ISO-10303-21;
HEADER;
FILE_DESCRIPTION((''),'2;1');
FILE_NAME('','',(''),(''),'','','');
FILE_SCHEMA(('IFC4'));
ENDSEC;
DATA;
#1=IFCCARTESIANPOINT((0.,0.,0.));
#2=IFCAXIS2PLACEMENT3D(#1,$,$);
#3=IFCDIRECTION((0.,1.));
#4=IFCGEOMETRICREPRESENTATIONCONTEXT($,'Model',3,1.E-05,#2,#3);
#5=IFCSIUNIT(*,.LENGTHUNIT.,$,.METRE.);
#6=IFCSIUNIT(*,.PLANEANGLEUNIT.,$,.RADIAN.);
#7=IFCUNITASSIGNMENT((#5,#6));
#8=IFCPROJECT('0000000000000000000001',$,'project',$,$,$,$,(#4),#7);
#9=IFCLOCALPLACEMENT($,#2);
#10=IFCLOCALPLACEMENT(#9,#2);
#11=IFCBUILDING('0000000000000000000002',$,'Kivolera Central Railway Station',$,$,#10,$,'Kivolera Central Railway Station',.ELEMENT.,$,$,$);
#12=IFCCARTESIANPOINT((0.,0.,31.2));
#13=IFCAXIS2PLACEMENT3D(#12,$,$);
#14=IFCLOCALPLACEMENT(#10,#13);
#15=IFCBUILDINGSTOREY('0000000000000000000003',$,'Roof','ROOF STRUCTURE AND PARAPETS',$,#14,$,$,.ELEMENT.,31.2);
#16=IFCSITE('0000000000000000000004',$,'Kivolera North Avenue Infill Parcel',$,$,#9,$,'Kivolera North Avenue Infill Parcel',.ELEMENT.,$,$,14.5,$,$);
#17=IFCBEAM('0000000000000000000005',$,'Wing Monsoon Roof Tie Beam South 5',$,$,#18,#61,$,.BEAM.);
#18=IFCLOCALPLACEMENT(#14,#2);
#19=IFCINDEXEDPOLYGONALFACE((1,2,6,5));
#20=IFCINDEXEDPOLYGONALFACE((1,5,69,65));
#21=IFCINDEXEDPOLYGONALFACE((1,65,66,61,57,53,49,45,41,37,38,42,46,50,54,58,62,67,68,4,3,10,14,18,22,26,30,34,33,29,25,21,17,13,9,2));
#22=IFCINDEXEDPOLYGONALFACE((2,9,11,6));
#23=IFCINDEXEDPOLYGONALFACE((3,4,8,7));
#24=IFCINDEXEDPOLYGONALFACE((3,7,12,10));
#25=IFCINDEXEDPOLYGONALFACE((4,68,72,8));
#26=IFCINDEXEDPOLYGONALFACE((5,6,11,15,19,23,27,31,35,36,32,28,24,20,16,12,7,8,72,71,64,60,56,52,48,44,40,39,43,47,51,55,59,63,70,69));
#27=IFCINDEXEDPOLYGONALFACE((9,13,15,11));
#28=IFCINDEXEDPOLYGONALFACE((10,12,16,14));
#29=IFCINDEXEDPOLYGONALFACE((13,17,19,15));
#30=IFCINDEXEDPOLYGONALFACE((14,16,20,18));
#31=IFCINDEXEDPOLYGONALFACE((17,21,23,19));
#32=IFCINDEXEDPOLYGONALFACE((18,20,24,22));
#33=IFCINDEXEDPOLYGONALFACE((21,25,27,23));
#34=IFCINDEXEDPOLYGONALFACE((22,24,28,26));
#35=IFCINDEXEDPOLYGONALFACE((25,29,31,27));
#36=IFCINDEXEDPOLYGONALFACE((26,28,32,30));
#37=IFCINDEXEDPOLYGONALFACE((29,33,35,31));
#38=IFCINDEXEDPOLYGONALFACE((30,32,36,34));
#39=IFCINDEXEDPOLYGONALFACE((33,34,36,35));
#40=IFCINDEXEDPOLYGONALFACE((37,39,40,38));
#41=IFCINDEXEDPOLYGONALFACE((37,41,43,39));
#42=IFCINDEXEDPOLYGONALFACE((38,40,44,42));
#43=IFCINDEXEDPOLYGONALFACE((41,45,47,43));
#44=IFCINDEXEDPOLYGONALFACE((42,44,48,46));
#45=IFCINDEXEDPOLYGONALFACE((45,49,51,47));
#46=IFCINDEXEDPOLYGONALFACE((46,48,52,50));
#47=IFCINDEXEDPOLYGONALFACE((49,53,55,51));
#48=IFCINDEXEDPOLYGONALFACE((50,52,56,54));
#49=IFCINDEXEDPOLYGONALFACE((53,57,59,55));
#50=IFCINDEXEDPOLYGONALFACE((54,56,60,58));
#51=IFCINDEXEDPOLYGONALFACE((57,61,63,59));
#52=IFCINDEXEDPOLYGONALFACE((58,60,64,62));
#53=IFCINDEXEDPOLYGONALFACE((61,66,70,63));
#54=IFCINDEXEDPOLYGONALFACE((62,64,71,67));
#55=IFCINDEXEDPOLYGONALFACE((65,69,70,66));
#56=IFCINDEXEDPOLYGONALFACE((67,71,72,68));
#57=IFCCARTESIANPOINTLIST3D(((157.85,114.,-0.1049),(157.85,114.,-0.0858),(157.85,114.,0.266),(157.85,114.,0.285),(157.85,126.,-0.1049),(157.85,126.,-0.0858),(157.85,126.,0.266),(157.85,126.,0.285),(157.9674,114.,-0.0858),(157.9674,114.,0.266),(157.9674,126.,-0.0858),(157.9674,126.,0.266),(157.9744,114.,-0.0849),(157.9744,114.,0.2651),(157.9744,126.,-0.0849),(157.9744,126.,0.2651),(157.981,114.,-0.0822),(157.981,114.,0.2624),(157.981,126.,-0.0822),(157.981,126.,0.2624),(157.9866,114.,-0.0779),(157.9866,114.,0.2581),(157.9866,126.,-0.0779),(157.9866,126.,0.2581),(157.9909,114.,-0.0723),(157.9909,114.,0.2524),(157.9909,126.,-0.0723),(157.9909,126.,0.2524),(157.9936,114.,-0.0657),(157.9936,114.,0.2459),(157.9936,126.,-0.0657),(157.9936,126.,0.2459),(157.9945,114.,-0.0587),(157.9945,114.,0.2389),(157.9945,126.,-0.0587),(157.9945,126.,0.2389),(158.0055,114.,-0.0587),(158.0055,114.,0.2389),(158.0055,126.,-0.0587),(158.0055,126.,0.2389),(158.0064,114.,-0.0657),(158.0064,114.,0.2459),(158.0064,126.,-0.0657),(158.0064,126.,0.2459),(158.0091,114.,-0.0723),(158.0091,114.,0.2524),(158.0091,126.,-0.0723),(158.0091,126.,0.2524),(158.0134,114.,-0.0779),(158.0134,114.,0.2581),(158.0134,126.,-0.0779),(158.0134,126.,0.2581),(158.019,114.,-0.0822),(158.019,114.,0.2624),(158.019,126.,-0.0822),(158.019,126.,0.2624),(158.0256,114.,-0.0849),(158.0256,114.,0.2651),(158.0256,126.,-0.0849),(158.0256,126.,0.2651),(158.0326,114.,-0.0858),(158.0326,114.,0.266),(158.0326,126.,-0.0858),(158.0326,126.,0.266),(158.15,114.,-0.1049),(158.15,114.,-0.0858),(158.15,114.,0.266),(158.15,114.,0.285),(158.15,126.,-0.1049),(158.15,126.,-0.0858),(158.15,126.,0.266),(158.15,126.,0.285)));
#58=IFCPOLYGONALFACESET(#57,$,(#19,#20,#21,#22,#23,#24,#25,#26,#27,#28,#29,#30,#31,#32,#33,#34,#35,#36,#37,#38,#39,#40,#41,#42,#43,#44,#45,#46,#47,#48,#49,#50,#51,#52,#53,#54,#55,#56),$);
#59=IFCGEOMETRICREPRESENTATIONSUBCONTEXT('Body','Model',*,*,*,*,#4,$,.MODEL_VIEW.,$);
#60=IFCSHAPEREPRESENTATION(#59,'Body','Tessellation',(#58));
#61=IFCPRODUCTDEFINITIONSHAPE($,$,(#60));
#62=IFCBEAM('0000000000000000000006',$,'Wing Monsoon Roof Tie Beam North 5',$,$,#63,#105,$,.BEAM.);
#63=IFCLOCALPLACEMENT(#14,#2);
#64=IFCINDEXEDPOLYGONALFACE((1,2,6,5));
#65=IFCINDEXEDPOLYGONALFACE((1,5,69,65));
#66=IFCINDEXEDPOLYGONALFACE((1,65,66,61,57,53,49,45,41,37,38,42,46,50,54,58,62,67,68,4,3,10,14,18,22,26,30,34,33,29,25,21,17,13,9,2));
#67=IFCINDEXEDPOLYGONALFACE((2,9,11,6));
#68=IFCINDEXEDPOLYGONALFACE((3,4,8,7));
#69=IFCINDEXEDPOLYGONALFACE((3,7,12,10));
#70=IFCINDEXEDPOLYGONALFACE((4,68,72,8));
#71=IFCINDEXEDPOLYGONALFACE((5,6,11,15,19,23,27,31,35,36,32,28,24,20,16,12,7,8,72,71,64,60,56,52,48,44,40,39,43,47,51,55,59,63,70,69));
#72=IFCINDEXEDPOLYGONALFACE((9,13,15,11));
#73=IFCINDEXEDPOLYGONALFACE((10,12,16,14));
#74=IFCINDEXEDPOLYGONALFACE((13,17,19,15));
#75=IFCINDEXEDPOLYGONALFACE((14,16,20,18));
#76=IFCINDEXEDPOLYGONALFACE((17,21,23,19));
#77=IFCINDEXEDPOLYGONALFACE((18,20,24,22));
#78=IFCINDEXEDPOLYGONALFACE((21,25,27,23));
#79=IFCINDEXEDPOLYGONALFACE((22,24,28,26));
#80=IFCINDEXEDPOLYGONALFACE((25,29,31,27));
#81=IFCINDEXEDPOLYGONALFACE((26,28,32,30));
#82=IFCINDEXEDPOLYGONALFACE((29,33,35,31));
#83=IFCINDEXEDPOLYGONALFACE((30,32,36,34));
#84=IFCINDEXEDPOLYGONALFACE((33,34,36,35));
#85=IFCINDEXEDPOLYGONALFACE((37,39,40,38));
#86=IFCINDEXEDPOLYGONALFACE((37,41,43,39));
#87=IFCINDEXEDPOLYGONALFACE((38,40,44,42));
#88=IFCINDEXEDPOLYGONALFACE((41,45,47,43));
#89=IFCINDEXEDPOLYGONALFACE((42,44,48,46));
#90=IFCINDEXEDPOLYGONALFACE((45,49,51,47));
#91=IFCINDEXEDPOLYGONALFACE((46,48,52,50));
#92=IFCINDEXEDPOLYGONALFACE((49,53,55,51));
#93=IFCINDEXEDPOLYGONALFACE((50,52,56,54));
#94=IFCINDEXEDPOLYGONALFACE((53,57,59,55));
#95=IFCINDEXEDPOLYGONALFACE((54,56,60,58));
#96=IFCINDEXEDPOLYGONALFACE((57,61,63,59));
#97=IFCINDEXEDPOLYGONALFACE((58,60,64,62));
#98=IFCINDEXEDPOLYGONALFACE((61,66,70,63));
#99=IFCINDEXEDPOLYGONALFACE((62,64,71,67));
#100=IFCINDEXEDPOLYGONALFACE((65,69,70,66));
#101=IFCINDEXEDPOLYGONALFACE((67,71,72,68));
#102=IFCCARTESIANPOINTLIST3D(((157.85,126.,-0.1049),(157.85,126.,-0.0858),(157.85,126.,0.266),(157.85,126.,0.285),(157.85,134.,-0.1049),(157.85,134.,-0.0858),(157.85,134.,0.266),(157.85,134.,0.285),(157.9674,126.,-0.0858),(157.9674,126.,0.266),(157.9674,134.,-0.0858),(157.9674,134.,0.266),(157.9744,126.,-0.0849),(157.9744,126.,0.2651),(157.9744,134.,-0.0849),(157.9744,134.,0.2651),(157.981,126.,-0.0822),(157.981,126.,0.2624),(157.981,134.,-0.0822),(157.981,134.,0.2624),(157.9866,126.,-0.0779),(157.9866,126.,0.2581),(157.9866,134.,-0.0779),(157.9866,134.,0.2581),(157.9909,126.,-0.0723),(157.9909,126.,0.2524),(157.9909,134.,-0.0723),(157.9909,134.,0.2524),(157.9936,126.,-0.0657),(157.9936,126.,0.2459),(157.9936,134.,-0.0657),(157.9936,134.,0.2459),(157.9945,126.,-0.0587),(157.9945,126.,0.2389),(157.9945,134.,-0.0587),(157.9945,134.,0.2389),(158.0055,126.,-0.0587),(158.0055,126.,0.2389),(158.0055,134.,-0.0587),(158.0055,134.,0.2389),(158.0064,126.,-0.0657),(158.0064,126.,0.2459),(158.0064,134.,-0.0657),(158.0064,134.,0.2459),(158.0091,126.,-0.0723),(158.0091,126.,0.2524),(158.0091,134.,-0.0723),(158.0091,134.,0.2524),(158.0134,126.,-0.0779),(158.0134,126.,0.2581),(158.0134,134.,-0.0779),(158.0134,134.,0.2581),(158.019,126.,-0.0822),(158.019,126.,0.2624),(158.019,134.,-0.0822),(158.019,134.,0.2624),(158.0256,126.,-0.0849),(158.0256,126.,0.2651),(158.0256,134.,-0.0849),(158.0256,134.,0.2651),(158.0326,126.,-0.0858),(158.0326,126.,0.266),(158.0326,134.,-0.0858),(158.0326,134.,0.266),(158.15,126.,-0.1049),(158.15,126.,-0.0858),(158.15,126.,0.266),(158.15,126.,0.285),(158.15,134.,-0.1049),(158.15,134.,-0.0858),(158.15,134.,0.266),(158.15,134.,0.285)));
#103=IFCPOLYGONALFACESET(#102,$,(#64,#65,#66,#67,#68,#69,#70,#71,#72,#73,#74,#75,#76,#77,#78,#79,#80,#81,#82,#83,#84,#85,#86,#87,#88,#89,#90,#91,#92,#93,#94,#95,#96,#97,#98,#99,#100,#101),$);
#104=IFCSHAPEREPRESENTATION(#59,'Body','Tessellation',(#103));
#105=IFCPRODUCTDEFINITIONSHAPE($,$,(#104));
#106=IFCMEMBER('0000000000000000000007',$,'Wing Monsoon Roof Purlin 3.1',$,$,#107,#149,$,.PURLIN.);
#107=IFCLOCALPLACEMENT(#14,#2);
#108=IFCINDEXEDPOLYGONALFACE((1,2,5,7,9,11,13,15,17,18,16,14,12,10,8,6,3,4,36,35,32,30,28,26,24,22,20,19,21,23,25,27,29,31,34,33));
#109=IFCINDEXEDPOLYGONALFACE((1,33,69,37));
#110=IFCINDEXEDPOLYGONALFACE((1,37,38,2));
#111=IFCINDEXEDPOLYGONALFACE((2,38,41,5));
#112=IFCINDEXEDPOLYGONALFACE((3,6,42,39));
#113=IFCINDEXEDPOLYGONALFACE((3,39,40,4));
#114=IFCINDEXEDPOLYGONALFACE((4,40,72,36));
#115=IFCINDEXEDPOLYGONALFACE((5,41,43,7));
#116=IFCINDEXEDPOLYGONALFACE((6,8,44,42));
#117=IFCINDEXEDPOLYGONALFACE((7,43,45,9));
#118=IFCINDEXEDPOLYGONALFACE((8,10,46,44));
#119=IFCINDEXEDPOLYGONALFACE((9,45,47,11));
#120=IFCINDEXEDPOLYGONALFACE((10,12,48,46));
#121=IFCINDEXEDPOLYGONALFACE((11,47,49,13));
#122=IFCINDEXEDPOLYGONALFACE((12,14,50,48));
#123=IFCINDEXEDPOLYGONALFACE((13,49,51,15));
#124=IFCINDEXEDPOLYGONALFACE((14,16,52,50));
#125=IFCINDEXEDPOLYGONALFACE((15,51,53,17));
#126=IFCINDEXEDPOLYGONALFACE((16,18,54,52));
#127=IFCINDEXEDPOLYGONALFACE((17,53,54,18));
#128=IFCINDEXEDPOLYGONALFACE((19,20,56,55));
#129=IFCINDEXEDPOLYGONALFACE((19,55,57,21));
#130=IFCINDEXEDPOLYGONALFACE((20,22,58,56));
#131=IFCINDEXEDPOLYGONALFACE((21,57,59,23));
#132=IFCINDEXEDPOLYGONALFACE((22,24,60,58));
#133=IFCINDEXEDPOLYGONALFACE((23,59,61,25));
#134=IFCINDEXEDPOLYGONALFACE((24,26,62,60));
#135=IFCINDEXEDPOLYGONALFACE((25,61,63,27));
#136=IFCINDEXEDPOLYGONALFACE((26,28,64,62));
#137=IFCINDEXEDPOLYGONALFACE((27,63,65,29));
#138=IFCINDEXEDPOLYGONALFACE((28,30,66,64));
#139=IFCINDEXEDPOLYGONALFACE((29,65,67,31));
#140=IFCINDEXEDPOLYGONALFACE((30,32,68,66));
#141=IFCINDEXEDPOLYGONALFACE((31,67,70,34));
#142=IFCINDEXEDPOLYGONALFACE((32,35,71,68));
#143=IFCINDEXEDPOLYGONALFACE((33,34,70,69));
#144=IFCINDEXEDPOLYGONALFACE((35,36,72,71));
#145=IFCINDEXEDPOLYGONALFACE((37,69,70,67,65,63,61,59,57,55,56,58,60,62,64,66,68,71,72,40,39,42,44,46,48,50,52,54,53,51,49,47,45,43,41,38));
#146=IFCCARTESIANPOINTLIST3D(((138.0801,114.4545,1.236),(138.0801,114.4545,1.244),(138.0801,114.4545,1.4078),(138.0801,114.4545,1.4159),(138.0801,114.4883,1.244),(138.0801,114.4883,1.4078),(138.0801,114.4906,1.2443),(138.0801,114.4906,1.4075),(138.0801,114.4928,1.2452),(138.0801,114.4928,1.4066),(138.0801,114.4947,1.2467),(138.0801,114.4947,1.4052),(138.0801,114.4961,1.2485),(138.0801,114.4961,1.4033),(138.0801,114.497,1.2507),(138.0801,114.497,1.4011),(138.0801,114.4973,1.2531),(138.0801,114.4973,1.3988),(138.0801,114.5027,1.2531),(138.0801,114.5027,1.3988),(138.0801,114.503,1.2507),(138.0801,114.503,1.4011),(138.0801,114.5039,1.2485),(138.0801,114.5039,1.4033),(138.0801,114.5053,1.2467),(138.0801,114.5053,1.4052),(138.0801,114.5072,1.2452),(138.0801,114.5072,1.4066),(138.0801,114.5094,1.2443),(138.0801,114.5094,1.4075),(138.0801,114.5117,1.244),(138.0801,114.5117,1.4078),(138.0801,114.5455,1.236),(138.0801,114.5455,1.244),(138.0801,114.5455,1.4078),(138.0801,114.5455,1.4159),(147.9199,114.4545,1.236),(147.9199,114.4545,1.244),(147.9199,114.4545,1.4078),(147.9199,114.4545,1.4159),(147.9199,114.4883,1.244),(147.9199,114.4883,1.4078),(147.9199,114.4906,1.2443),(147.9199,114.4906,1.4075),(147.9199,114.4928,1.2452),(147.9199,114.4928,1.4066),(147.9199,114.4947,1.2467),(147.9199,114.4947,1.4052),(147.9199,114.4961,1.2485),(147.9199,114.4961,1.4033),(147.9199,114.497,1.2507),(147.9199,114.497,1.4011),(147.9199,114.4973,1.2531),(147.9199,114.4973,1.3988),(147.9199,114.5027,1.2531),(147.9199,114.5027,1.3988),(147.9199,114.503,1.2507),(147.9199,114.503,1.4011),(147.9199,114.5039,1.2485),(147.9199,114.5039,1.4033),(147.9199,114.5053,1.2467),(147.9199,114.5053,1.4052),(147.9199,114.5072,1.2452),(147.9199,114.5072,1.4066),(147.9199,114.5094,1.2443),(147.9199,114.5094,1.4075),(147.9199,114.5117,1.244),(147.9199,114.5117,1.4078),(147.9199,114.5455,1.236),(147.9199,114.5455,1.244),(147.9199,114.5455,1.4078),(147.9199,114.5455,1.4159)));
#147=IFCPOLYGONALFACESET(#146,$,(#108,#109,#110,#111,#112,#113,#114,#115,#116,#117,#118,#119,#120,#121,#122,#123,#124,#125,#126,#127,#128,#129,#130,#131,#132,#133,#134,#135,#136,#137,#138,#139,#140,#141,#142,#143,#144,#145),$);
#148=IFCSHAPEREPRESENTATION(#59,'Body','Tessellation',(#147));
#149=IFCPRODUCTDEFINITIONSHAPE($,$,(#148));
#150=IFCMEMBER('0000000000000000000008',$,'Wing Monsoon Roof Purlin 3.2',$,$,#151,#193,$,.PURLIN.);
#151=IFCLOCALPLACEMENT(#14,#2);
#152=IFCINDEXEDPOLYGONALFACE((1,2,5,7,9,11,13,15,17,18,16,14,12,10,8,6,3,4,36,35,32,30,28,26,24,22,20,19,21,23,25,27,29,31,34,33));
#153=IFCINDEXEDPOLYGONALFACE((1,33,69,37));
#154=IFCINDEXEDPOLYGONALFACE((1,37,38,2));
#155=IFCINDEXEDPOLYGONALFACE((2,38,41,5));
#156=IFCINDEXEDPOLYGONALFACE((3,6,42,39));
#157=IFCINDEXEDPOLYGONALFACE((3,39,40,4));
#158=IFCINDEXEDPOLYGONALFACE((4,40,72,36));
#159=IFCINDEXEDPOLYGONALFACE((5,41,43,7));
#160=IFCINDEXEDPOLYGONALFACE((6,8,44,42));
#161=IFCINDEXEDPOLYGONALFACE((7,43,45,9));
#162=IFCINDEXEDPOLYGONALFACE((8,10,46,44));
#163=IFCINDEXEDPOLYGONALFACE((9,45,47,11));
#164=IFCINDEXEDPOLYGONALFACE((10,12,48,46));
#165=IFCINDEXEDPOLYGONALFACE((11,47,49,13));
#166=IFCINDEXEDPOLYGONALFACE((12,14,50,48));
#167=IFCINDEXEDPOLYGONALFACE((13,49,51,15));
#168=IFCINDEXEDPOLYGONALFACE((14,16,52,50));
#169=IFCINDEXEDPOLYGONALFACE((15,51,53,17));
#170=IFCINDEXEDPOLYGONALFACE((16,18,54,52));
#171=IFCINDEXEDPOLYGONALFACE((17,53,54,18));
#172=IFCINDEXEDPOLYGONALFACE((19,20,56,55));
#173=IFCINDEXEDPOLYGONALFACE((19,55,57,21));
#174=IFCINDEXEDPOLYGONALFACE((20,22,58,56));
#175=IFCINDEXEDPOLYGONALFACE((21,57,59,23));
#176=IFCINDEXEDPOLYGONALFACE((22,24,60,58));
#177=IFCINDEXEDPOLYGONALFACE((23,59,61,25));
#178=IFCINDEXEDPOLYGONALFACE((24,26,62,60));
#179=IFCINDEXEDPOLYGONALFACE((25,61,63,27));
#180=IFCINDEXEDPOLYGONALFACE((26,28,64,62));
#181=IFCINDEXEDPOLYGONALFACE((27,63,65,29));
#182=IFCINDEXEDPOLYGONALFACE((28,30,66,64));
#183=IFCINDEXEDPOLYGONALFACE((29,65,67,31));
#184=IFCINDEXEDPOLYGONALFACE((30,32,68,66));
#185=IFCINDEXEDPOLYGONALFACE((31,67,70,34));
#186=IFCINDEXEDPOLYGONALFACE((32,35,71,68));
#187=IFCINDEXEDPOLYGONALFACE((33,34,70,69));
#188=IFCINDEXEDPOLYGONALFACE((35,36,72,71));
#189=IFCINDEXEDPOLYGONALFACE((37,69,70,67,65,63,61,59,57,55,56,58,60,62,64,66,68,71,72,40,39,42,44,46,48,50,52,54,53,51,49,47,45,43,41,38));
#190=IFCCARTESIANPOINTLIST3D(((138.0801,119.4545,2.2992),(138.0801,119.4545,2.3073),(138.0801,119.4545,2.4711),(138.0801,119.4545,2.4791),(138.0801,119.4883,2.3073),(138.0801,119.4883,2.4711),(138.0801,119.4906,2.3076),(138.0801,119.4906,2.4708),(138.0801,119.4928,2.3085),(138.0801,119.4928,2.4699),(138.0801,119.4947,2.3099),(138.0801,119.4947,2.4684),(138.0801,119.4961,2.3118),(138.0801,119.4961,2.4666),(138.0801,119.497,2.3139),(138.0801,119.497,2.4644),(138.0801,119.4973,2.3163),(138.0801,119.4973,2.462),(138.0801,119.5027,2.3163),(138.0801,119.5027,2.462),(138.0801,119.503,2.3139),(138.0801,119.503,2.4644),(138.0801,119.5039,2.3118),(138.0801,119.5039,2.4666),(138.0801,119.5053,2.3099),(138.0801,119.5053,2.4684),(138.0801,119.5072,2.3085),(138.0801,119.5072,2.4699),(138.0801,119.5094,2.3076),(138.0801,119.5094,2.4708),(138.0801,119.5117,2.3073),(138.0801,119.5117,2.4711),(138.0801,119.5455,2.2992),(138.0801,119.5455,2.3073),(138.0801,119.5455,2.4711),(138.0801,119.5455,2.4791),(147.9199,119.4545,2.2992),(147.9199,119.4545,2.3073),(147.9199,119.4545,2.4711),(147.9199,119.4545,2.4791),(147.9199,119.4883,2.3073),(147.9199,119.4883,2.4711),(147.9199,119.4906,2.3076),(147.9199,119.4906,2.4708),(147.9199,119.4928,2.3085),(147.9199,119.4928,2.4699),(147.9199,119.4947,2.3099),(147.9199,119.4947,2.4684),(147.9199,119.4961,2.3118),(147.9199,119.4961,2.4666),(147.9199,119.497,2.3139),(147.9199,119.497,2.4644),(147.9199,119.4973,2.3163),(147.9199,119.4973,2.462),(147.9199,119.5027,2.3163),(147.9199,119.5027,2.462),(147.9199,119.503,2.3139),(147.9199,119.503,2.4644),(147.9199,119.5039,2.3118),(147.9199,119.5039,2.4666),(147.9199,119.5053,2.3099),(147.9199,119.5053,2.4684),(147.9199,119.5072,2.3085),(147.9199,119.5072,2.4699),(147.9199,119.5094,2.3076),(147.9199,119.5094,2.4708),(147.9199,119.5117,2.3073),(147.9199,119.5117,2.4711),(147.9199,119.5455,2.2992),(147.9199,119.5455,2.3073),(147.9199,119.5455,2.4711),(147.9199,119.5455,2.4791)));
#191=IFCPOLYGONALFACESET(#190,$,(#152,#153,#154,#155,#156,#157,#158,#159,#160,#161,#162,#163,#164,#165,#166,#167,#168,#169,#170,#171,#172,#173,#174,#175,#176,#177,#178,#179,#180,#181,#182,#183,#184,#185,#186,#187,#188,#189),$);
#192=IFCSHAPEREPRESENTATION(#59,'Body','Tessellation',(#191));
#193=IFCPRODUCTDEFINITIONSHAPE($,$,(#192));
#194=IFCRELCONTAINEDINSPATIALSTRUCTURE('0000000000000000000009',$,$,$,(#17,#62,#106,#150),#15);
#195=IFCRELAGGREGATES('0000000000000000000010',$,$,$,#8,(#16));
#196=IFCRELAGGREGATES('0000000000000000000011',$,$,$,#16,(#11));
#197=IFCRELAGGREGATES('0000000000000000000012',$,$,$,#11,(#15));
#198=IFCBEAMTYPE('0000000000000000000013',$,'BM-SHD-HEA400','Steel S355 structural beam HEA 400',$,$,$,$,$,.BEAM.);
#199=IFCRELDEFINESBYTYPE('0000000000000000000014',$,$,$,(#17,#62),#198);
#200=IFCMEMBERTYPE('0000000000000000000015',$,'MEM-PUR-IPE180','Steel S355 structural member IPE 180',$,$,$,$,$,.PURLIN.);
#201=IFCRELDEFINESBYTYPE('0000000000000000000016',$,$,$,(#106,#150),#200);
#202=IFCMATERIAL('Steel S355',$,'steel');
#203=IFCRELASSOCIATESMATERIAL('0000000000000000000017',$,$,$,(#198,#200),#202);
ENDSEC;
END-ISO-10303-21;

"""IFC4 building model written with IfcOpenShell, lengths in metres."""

from ifc_helpers import new_model, si_unit, direction, frame, origin, origin_2d, place, context, subcontext, project, spatial, i_section, extrude, material, material_profile, profile_set, type_object, element, save


model = new_model("IFC4")

# Units and contexts
model_context = context("Model", 3, precision=1e-05, world=origin(), true_north=direction((0.0, 1.0)))
body_context = subcontext(model_context, "Body", "Model", "MODEL_VIEW")
ifc_project = project(units=[si_unit("LENGTHUNIT", "METRE"), si_unit("PLANEANGLEUNIT", "RADIAN")], contexts=[model_context])

# Site, building, storey
site_placement = place(None, origin())
site = spatial("IfcSite", under=ifc_project, at=site_placement, Name="Kivolera North Avenue Infill Parcel", LongName="Kivolera North Avenue Infill Parcel", CompositionType="ELEMENT", RefElevation=14.5)
building_placement = place(site_placement, origin())
building = spatial("IfcBuilding", under=site, at=building_placement, Name="Kivolera Central Railway Station", LongName="Kivolera Central Railway Station", CompositionType="ELEMENT")
storey_placement = place(building_placement, frame((0.0, 0.0, 31.2)))
storey = spatial("IfcBuildingStorey", under=building, at=storey_placement, Name="Roof", Description="ROOF STRUCTURE AND PARAPETS", CompositionType="ELEMENT", Elevation=31.2)

# Beams
ifc_material_1 = material(Name="Steel S355", Category="steel")
ifc_material_profile_1 = material_profile(ifc_material_1, i_section(OverallWidth=0.3, OverallDepth=0.3899, WebThickness=0.011, FlangeThickness=0.019, FilletRadius=0.0271, at=origin_2d()), Name="HEA 400")
ifc_profile_set_1 = profile_set([ifc_material_profile_1], Name="Steel S355")
beam_type_1 = type_object("IfcBeamType", Name="BM-SHD-HEA400", Description="Steel S355 structural beam HEA 400", PredefinedType="BEAM", material=ifc_profile_set_1)
beam_1_placement = place(storey_placement, frame((158.0, 114.0, 0.0901), z_axis=(0.0, 1.0, 0.0), x_axis=(-1.0, 0.0, 0.0)))
element("IfcBeam", 1, at=beam_1_placement, inside=storey, type_object=beam_type_1, Name="Wing Monsoon Roof Tie Beam South 5", PredefinedType="BEAM", context=body_context, shape_type="SweptSolid", body=[
    extrude(i_section(OverallWidth=0.3, OverallDepth=0.3899, WebThickness=0.011, FlangeThickness=0.019, FilletRadius=0.0271, at=origin_2d()), origin(), (0.0, 0.0, 1.0), 12.0),
])
beam_2_placement = place(storey_placement, frame((158.0, 126.0, 0.0901), z_axis=(0.0, 1.0, 0.0), x_axis=(-1.0, 0.0, 0.0)))
element("IfcBeam", 2, at=beam_2_placement, inside=storey, type_object=beam_type_1, Name="Wing Monsoon Roof Tie Beam North 5", PredefinedType="BEAM", context=body_context, shape_type="SweptSolid", body=[
    extrude(i_section(OverallWidth=0.3, OverallDepth=0.3899, WebThickness=0.011, FlangeThickness=0.019, FilletRadius=0.0271, at=origin_2d()), origin(), (0.0, 0.0, 1.0), 8.0),
])

# Members
ifc_material_profile_2 = material_profile(ifc_material_1, i_section(OverallWidth=0.0911, OverallDepth=0.1799, WebThickness=0.0054, FlangeThickness=0.0081, FilletRadius=0.009, at=origin_2d()), Name="IPE 180")
ifc_profile_set_2 = profile_set([ifc_material_profile_2], Name="Steel S355")
member_type_1 = type_object("IfcMemberType", Name="MEM-PUR-IPE180", Description="Steel S355 structural member IPE 180", PredefinedType="PURLIN", material=ifc_profile_set_2)
for number, where, z_axis, x_axis, name in (
    (3, (138.0801, 114.5, 1.3259), (1.0, 0.0, 0.0), (0.0, 1.0, 0.0), "Wing Monsoon Roof Purlin 3.1"),
    (4, (138.0801, 119.5, 2.3892), (1.0, 0.0, 0.0), (0.0, 1.0, 0.0), "Wing Monsoon Roof Purlin 3.2"),
):
    element("IfcMember", number, at=place(storey_placement, frame(where, z_axis=z_axis, x_axis=x_axis)), inside=storey, type_object=member_type_1, Name=name, PredefinedType="PURLIN", context=body_context, shape_type="SweptSolid", body=[
        extrude(i_section(OverallWidth=0.0911, OverallDepth=0.1799, WebThickness=0.0054, FlangeThickness=0.0081, FilletRadius=0.009, at=origin_2d()), origin(), (0.0, 0.0, 1.0), 9.8398),
    ])

save(model, "model.ifc")
